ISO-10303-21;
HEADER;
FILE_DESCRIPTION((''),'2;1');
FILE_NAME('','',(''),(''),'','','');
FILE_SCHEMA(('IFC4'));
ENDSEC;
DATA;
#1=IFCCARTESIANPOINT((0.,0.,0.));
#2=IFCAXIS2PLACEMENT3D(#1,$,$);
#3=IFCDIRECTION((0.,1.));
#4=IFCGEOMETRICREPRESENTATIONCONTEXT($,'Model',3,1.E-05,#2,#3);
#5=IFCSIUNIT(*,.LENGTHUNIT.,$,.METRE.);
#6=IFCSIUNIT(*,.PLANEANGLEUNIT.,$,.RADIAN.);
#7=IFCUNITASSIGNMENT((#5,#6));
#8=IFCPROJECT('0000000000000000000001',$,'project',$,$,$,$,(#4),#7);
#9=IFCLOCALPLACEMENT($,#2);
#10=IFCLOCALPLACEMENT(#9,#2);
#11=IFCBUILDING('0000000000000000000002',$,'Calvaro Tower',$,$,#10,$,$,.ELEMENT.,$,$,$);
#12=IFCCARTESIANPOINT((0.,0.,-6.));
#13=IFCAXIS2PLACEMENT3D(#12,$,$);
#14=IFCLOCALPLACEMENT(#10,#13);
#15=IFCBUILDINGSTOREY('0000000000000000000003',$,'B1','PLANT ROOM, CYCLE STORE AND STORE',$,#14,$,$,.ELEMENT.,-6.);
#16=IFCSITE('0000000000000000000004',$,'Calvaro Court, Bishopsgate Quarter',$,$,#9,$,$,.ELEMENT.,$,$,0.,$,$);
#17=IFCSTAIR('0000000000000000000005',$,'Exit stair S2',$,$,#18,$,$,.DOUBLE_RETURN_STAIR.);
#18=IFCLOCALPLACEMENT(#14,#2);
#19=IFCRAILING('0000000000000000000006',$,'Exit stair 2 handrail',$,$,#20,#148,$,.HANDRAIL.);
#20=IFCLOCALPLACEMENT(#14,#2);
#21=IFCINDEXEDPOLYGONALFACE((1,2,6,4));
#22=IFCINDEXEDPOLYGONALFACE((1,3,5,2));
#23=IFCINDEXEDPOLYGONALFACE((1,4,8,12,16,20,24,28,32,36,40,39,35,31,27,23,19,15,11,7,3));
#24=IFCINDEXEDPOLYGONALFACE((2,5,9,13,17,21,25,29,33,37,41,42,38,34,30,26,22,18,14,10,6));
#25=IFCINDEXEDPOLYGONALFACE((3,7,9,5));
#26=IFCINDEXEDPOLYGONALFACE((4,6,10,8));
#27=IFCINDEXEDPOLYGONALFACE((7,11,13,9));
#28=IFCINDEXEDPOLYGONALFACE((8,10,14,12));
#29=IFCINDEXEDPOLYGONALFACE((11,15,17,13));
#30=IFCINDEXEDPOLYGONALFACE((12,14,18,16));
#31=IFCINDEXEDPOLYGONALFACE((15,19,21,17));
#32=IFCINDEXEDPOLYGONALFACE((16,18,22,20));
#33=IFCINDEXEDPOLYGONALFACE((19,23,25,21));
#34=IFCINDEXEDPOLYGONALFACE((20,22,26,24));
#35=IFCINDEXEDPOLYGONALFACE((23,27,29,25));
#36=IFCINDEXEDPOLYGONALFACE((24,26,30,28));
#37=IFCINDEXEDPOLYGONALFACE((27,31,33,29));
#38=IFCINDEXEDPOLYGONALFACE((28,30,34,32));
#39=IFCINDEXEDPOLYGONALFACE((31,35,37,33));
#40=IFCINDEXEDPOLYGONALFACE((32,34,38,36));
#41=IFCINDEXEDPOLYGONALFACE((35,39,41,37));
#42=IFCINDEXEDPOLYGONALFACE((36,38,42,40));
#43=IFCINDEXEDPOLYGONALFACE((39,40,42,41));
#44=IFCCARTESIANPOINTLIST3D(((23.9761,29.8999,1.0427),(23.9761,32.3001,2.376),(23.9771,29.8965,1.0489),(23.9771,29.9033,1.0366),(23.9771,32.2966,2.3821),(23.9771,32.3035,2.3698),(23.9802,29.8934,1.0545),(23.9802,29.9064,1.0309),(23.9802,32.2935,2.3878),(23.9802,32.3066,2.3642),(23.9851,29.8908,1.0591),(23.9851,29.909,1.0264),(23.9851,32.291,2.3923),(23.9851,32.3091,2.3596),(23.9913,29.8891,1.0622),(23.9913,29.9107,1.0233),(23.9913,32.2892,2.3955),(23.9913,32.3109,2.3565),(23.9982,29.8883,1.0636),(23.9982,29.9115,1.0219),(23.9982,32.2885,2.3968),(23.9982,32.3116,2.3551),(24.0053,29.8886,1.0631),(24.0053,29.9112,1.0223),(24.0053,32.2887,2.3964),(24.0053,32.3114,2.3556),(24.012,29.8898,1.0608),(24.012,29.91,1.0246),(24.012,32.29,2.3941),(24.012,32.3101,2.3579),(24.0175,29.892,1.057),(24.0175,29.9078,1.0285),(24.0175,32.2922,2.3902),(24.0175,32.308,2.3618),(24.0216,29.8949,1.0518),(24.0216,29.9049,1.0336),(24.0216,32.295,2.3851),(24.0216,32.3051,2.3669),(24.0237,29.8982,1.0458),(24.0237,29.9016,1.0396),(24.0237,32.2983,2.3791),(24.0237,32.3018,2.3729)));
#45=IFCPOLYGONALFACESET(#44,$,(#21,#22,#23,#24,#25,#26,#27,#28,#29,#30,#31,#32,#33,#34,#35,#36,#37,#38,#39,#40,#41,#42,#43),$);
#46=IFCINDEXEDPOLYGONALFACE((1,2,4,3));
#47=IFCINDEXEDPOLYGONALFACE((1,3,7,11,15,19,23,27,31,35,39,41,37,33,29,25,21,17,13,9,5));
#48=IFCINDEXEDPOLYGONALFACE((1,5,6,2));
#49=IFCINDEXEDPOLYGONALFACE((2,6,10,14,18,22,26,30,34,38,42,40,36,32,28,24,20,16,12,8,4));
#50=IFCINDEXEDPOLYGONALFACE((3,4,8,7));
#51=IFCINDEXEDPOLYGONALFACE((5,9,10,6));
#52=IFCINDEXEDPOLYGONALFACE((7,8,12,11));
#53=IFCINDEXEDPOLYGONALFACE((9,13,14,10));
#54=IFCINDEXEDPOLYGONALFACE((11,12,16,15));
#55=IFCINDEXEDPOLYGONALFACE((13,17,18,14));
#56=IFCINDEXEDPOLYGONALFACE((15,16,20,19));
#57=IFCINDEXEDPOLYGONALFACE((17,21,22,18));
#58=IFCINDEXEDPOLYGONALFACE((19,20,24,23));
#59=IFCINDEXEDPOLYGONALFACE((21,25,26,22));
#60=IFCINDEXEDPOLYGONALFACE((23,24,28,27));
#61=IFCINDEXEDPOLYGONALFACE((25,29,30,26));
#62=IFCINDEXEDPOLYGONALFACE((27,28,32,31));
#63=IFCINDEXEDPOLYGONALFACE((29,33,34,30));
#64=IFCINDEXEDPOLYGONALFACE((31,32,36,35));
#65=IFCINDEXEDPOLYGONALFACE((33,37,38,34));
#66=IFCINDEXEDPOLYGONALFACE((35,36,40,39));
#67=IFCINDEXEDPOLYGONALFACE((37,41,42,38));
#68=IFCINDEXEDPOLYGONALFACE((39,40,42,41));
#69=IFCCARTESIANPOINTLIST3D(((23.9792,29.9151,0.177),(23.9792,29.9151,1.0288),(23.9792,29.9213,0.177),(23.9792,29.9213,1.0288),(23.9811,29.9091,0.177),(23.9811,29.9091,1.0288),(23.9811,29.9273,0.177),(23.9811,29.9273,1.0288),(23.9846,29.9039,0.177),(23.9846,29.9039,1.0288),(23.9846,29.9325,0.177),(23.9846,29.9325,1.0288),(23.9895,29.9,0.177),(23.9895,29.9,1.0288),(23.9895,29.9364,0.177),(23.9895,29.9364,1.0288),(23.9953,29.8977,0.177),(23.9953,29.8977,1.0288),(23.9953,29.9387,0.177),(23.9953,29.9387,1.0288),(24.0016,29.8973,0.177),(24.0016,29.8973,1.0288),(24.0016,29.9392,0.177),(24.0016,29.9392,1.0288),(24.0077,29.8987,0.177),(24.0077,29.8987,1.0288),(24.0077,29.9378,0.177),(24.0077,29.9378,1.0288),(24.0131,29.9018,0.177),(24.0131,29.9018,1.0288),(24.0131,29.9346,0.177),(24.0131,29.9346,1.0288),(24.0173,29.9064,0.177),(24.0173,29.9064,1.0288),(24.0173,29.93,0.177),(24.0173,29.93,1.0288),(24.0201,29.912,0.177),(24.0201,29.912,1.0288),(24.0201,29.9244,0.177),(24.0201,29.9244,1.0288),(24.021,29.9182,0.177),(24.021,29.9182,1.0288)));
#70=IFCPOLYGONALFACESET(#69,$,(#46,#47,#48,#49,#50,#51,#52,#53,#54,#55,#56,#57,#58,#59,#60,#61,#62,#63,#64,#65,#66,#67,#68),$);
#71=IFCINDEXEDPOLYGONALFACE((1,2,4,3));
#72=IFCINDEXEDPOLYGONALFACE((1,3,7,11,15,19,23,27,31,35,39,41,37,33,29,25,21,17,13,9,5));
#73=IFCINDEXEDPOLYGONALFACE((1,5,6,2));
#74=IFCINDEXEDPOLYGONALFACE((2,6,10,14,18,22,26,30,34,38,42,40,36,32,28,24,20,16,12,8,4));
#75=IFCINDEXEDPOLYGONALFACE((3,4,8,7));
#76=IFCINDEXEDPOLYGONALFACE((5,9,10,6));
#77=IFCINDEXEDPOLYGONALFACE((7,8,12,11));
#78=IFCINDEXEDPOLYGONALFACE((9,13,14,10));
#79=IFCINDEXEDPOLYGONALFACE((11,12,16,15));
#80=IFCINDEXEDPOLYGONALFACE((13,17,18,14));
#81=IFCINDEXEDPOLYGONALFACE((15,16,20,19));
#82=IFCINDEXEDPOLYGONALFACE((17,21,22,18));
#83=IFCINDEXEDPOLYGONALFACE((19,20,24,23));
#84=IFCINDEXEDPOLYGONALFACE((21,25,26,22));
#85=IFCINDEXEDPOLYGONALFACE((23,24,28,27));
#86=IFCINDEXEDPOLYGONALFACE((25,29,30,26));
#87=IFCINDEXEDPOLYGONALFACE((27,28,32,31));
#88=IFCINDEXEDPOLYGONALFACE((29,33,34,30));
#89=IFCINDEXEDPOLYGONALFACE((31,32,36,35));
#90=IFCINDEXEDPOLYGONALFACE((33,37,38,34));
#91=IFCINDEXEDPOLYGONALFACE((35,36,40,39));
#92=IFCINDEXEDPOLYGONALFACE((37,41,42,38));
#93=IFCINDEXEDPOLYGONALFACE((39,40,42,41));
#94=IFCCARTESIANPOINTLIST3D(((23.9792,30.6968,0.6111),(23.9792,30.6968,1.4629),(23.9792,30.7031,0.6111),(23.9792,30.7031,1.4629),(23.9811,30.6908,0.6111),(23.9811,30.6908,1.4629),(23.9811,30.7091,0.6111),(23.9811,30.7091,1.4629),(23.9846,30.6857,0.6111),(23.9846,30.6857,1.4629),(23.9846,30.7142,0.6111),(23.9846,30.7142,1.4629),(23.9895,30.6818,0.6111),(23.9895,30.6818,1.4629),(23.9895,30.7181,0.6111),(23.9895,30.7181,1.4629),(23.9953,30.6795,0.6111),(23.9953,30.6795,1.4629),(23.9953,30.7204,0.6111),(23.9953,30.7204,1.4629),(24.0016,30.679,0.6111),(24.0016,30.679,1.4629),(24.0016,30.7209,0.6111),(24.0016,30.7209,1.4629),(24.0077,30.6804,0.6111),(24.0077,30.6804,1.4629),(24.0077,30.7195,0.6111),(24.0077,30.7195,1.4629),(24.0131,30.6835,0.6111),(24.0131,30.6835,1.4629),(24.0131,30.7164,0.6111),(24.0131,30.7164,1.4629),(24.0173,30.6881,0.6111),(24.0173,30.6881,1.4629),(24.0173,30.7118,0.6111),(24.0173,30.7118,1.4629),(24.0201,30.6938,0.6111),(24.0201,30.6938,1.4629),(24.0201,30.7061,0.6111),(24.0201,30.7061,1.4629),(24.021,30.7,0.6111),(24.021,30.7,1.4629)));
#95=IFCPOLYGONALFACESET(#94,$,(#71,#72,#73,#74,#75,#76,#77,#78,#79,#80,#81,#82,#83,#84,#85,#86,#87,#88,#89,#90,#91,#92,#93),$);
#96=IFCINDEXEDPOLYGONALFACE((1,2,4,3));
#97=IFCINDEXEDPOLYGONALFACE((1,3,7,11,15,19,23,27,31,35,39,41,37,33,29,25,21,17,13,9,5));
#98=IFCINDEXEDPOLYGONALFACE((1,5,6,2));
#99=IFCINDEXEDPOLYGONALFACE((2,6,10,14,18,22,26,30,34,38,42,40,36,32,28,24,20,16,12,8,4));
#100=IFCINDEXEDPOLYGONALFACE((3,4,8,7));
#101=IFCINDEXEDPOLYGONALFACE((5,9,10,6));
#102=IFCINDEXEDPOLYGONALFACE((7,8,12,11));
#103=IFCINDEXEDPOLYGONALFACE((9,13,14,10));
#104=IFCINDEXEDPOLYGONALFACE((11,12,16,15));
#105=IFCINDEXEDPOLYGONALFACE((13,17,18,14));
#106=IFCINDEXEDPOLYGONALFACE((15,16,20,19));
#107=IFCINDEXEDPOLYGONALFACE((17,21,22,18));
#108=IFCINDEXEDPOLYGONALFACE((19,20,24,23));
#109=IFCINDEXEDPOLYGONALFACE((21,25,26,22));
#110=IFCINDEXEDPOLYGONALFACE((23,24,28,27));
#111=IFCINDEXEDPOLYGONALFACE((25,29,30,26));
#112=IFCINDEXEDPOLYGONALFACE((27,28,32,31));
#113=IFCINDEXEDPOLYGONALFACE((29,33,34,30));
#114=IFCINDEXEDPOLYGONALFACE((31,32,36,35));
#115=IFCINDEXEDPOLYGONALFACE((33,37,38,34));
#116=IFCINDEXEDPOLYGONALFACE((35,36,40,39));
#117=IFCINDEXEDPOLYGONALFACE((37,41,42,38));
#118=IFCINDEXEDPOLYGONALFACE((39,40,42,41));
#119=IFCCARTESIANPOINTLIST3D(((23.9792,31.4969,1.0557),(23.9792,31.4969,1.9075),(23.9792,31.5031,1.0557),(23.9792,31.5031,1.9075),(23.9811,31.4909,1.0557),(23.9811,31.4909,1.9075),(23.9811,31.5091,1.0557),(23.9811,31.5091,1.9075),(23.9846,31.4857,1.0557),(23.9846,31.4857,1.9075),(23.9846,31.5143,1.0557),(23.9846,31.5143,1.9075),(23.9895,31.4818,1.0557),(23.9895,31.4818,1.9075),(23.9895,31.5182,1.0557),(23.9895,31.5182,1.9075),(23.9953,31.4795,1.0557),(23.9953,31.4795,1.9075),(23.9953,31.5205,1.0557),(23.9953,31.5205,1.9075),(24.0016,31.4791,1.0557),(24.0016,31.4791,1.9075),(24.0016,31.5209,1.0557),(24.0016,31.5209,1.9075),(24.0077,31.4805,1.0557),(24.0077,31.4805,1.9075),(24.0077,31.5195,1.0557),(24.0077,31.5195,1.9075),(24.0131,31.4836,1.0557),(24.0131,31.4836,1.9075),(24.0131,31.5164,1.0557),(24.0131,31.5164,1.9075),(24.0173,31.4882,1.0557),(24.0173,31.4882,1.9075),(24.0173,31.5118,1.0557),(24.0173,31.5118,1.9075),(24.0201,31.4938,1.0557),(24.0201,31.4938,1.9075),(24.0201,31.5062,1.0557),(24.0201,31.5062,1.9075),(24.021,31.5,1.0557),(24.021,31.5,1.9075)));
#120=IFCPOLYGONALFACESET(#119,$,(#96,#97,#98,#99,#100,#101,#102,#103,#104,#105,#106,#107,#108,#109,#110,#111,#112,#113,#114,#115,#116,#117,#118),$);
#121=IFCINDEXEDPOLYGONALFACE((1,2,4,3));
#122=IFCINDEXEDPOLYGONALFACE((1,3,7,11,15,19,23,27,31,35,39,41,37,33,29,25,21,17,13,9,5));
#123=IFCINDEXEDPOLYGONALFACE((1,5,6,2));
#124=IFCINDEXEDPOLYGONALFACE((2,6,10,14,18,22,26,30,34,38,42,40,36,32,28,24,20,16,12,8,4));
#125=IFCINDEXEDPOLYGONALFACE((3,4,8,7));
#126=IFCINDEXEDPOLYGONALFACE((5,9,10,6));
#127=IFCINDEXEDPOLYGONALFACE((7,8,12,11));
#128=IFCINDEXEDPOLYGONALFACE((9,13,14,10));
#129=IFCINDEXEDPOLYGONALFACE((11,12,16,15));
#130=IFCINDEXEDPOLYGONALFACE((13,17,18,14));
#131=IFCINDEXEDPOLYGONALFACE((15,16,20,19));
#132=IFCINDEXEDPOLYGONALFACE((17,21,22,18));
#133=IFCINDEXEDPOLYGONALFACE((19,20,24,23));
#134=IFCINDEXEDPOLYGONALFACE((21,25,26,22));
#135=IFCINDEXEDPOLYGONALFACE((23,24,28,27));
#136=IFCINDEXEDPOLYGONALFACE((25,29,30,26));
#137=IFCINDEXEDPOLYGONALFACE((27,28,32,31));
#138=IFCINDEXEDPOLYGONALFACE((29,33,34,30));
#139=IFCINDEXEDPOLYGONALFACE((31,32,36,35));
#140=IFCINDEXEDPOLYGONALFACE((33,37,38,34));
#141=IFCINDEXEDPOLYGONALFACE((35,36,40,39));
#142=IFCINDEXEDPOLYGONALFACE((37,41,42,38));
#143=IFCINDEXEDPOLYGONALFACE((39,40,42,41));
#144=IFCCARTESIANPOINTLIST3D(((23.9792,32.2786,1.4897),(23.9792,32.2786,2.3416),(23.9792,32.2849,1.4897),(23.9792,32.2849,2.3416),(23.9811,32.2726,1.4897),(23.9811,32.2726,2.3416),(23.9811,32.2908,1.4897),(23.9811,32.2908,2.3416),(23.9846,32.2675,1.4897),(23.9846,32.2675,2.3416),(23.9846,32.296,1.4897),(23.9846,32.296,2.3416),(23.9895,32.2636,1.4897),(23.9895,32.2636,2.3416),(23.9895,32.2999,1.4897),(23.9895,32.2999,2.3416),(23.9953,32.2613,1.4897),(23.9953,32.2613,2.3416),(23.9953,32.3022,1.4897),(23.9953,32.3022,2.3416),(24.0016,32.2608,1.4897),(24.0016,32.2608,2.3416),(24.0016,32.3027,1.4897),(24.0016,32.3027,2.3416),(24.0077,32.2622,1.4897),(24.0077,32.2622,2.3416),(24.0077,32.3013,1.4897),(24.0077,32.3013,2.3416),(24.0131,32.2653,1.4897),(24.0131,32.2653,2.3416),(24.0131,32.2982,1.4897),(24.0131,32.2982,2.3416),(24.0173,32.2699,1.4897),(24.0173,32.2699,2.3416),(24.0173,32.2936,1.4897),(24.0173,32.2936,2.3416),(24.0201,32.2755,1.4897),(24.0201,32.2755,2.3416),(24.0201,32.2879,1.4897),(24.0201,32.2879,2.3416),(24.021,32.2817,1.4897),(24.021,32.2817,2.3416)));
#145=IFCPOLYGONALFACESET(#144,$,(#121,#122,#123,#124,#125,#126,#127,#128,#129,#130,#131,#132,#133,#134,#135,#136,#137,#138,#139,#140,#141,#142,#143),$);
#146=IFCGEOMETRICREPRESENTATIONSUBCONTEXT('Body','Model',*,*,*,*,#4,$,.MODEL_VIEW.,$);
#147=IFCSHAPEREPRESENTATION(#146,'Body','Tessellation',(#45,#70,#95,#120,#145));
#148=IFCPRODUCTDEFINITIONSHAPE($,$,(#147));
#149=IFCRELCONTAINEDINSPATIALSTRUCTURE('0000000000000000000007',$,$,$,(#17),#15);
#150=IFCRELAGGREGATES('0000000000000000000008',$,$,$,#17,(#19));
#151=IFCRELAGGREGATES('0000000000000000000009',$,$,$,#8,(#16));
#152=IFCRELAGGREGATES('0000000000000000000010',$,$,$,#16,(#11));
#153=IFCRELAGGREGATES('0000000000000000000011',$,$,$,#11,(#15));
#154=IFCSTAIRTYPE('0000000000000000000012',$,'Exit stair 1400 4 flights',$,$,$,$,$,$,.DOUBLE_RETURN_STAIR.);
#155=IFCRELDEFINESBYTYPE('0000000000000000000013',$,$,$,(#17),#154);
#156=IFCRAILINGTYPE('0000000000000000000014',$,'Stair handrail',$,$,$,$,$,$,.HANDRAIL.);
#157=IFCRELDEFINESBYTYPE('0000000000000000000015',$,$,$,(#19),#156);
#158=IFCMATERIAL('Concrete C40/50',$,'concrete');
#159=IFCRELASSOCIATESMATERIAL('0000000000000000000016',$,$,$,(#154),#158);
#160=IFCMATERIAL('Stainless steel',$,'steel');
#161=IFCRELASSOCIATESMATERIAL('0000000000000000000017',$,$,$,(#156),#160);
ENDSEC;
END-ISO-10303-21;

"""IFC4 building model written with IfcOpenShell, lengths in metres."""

from ifc_helpers import new_model, si_unit, direction, frame, origin, origin_2d, place, context, subcontext, project, spatial, circle, extrude, material, type_object, element, aggregate, save


model = new_model("IFC4")

# Units and contexts
model_context = context("Model", 3, precision=1e-05, world=origin(), true_north=direction((0.0, 1.0)))
body_context = subcontext(model_context, "Body", "Model", "MODEL_VIEW")
ifc_project = project(units=[si_unit("LENGTHUNIT", "METRE"), si_unit("PLANEANGLEUNIT", "RADIAN")], contexts=[model_context])

# Site, building, storey
site_placement = place(None, origin())
site = spatial("IfcSite", under=ifc_project, at=site_placement, Name="Calvaro Court, Bishopsgate Quarter", CompositionType="ELEMENT", RefElevation=0.0)
building_placement = place(site_placement, origin())
building = spatial("IfcBuilding", under=site, at=building_placement, Name="Calvaro Tower", CompositionType="ELEMENT")
storey_placement = place(building_placement, frame((0.0, 0.0, -6.0)))
storey = spatial("IfcBuildingStorey", under=building, at=storey_placement, Name="B1", Description="PLANT ROOM, CYCLE STORE AND STORE", CompositionType="ELEMENT", Elevation=-6.0)

# Stair, railing
ifc_material_1 = material(Name="Concrete C40/50", Category="concrete")
stair_type = type_object("IfcStairType", Name="Exit stair 1400 4 flights", PredefinedType="DOUBLE_RETURN_STAIR", material=ifc_material_1)
stair_placement = place(storey_placement, origin())
stair = element("IfcStair", 1, at=stair_placement, inside=storey, type_object=stair_type, Name="Exit stair S2", PredefinedType="DOUBLE_RETURN_STAIR")
ifc_material_2 = material(Name="Stainless steel", Category="steel")
railing_type = type_object("IfcRailingType", Name="Stair handrail", PredefinedType="HANDRAIL", material=ifc_material_2)
railing_1_placement = place(storey_placement, frame((24.0, 29.8999, 0.1667)))
railing_1 = element("IfcRailing", 2, at=railing_1_placement, type_object=railing_type, Name="Exit stair 2 handrail", PredefinedType="HANDRAIL", context=body_context, shape_type="SweptSolid", body=[
    extrude(circle(Radius=0.0239, at=origin_2d()), frame((0.0, 0.0, 0.876), z_axis=(0.0, 0.874182, 0.485598), x_axis=(-1.0, 0.0, 0.0)), (0.0, 0.0, 1.0), 2.7456),
    extrude(circle(Radius=0.021, at=origin_2d()), frame((0.0, 0.0183, 0.0103)), (0.0, 0.0, 1.0), 0.8518),
    extrude(circle(Radius=0.021, at=origin_2d()), frame((0.0, 0.8, 0.4443)), (0.0, 0.0, 1.0), 0.8518),
    extrude(circle(Radius=0.021, at=origin_2d()), frame((0.0, 1.6001, 0.8889)), (0.0, 0.0, 1.0), 0.8518),
    extrude(circle(Radius=0.021, at=origin_2d()), frame((0.0, 2.3818, 1.323)), (0.0, 0.0, 1.0), 0.8518),
])
aggregate(stair, [railing_1])

save(model, "model.ifc")
